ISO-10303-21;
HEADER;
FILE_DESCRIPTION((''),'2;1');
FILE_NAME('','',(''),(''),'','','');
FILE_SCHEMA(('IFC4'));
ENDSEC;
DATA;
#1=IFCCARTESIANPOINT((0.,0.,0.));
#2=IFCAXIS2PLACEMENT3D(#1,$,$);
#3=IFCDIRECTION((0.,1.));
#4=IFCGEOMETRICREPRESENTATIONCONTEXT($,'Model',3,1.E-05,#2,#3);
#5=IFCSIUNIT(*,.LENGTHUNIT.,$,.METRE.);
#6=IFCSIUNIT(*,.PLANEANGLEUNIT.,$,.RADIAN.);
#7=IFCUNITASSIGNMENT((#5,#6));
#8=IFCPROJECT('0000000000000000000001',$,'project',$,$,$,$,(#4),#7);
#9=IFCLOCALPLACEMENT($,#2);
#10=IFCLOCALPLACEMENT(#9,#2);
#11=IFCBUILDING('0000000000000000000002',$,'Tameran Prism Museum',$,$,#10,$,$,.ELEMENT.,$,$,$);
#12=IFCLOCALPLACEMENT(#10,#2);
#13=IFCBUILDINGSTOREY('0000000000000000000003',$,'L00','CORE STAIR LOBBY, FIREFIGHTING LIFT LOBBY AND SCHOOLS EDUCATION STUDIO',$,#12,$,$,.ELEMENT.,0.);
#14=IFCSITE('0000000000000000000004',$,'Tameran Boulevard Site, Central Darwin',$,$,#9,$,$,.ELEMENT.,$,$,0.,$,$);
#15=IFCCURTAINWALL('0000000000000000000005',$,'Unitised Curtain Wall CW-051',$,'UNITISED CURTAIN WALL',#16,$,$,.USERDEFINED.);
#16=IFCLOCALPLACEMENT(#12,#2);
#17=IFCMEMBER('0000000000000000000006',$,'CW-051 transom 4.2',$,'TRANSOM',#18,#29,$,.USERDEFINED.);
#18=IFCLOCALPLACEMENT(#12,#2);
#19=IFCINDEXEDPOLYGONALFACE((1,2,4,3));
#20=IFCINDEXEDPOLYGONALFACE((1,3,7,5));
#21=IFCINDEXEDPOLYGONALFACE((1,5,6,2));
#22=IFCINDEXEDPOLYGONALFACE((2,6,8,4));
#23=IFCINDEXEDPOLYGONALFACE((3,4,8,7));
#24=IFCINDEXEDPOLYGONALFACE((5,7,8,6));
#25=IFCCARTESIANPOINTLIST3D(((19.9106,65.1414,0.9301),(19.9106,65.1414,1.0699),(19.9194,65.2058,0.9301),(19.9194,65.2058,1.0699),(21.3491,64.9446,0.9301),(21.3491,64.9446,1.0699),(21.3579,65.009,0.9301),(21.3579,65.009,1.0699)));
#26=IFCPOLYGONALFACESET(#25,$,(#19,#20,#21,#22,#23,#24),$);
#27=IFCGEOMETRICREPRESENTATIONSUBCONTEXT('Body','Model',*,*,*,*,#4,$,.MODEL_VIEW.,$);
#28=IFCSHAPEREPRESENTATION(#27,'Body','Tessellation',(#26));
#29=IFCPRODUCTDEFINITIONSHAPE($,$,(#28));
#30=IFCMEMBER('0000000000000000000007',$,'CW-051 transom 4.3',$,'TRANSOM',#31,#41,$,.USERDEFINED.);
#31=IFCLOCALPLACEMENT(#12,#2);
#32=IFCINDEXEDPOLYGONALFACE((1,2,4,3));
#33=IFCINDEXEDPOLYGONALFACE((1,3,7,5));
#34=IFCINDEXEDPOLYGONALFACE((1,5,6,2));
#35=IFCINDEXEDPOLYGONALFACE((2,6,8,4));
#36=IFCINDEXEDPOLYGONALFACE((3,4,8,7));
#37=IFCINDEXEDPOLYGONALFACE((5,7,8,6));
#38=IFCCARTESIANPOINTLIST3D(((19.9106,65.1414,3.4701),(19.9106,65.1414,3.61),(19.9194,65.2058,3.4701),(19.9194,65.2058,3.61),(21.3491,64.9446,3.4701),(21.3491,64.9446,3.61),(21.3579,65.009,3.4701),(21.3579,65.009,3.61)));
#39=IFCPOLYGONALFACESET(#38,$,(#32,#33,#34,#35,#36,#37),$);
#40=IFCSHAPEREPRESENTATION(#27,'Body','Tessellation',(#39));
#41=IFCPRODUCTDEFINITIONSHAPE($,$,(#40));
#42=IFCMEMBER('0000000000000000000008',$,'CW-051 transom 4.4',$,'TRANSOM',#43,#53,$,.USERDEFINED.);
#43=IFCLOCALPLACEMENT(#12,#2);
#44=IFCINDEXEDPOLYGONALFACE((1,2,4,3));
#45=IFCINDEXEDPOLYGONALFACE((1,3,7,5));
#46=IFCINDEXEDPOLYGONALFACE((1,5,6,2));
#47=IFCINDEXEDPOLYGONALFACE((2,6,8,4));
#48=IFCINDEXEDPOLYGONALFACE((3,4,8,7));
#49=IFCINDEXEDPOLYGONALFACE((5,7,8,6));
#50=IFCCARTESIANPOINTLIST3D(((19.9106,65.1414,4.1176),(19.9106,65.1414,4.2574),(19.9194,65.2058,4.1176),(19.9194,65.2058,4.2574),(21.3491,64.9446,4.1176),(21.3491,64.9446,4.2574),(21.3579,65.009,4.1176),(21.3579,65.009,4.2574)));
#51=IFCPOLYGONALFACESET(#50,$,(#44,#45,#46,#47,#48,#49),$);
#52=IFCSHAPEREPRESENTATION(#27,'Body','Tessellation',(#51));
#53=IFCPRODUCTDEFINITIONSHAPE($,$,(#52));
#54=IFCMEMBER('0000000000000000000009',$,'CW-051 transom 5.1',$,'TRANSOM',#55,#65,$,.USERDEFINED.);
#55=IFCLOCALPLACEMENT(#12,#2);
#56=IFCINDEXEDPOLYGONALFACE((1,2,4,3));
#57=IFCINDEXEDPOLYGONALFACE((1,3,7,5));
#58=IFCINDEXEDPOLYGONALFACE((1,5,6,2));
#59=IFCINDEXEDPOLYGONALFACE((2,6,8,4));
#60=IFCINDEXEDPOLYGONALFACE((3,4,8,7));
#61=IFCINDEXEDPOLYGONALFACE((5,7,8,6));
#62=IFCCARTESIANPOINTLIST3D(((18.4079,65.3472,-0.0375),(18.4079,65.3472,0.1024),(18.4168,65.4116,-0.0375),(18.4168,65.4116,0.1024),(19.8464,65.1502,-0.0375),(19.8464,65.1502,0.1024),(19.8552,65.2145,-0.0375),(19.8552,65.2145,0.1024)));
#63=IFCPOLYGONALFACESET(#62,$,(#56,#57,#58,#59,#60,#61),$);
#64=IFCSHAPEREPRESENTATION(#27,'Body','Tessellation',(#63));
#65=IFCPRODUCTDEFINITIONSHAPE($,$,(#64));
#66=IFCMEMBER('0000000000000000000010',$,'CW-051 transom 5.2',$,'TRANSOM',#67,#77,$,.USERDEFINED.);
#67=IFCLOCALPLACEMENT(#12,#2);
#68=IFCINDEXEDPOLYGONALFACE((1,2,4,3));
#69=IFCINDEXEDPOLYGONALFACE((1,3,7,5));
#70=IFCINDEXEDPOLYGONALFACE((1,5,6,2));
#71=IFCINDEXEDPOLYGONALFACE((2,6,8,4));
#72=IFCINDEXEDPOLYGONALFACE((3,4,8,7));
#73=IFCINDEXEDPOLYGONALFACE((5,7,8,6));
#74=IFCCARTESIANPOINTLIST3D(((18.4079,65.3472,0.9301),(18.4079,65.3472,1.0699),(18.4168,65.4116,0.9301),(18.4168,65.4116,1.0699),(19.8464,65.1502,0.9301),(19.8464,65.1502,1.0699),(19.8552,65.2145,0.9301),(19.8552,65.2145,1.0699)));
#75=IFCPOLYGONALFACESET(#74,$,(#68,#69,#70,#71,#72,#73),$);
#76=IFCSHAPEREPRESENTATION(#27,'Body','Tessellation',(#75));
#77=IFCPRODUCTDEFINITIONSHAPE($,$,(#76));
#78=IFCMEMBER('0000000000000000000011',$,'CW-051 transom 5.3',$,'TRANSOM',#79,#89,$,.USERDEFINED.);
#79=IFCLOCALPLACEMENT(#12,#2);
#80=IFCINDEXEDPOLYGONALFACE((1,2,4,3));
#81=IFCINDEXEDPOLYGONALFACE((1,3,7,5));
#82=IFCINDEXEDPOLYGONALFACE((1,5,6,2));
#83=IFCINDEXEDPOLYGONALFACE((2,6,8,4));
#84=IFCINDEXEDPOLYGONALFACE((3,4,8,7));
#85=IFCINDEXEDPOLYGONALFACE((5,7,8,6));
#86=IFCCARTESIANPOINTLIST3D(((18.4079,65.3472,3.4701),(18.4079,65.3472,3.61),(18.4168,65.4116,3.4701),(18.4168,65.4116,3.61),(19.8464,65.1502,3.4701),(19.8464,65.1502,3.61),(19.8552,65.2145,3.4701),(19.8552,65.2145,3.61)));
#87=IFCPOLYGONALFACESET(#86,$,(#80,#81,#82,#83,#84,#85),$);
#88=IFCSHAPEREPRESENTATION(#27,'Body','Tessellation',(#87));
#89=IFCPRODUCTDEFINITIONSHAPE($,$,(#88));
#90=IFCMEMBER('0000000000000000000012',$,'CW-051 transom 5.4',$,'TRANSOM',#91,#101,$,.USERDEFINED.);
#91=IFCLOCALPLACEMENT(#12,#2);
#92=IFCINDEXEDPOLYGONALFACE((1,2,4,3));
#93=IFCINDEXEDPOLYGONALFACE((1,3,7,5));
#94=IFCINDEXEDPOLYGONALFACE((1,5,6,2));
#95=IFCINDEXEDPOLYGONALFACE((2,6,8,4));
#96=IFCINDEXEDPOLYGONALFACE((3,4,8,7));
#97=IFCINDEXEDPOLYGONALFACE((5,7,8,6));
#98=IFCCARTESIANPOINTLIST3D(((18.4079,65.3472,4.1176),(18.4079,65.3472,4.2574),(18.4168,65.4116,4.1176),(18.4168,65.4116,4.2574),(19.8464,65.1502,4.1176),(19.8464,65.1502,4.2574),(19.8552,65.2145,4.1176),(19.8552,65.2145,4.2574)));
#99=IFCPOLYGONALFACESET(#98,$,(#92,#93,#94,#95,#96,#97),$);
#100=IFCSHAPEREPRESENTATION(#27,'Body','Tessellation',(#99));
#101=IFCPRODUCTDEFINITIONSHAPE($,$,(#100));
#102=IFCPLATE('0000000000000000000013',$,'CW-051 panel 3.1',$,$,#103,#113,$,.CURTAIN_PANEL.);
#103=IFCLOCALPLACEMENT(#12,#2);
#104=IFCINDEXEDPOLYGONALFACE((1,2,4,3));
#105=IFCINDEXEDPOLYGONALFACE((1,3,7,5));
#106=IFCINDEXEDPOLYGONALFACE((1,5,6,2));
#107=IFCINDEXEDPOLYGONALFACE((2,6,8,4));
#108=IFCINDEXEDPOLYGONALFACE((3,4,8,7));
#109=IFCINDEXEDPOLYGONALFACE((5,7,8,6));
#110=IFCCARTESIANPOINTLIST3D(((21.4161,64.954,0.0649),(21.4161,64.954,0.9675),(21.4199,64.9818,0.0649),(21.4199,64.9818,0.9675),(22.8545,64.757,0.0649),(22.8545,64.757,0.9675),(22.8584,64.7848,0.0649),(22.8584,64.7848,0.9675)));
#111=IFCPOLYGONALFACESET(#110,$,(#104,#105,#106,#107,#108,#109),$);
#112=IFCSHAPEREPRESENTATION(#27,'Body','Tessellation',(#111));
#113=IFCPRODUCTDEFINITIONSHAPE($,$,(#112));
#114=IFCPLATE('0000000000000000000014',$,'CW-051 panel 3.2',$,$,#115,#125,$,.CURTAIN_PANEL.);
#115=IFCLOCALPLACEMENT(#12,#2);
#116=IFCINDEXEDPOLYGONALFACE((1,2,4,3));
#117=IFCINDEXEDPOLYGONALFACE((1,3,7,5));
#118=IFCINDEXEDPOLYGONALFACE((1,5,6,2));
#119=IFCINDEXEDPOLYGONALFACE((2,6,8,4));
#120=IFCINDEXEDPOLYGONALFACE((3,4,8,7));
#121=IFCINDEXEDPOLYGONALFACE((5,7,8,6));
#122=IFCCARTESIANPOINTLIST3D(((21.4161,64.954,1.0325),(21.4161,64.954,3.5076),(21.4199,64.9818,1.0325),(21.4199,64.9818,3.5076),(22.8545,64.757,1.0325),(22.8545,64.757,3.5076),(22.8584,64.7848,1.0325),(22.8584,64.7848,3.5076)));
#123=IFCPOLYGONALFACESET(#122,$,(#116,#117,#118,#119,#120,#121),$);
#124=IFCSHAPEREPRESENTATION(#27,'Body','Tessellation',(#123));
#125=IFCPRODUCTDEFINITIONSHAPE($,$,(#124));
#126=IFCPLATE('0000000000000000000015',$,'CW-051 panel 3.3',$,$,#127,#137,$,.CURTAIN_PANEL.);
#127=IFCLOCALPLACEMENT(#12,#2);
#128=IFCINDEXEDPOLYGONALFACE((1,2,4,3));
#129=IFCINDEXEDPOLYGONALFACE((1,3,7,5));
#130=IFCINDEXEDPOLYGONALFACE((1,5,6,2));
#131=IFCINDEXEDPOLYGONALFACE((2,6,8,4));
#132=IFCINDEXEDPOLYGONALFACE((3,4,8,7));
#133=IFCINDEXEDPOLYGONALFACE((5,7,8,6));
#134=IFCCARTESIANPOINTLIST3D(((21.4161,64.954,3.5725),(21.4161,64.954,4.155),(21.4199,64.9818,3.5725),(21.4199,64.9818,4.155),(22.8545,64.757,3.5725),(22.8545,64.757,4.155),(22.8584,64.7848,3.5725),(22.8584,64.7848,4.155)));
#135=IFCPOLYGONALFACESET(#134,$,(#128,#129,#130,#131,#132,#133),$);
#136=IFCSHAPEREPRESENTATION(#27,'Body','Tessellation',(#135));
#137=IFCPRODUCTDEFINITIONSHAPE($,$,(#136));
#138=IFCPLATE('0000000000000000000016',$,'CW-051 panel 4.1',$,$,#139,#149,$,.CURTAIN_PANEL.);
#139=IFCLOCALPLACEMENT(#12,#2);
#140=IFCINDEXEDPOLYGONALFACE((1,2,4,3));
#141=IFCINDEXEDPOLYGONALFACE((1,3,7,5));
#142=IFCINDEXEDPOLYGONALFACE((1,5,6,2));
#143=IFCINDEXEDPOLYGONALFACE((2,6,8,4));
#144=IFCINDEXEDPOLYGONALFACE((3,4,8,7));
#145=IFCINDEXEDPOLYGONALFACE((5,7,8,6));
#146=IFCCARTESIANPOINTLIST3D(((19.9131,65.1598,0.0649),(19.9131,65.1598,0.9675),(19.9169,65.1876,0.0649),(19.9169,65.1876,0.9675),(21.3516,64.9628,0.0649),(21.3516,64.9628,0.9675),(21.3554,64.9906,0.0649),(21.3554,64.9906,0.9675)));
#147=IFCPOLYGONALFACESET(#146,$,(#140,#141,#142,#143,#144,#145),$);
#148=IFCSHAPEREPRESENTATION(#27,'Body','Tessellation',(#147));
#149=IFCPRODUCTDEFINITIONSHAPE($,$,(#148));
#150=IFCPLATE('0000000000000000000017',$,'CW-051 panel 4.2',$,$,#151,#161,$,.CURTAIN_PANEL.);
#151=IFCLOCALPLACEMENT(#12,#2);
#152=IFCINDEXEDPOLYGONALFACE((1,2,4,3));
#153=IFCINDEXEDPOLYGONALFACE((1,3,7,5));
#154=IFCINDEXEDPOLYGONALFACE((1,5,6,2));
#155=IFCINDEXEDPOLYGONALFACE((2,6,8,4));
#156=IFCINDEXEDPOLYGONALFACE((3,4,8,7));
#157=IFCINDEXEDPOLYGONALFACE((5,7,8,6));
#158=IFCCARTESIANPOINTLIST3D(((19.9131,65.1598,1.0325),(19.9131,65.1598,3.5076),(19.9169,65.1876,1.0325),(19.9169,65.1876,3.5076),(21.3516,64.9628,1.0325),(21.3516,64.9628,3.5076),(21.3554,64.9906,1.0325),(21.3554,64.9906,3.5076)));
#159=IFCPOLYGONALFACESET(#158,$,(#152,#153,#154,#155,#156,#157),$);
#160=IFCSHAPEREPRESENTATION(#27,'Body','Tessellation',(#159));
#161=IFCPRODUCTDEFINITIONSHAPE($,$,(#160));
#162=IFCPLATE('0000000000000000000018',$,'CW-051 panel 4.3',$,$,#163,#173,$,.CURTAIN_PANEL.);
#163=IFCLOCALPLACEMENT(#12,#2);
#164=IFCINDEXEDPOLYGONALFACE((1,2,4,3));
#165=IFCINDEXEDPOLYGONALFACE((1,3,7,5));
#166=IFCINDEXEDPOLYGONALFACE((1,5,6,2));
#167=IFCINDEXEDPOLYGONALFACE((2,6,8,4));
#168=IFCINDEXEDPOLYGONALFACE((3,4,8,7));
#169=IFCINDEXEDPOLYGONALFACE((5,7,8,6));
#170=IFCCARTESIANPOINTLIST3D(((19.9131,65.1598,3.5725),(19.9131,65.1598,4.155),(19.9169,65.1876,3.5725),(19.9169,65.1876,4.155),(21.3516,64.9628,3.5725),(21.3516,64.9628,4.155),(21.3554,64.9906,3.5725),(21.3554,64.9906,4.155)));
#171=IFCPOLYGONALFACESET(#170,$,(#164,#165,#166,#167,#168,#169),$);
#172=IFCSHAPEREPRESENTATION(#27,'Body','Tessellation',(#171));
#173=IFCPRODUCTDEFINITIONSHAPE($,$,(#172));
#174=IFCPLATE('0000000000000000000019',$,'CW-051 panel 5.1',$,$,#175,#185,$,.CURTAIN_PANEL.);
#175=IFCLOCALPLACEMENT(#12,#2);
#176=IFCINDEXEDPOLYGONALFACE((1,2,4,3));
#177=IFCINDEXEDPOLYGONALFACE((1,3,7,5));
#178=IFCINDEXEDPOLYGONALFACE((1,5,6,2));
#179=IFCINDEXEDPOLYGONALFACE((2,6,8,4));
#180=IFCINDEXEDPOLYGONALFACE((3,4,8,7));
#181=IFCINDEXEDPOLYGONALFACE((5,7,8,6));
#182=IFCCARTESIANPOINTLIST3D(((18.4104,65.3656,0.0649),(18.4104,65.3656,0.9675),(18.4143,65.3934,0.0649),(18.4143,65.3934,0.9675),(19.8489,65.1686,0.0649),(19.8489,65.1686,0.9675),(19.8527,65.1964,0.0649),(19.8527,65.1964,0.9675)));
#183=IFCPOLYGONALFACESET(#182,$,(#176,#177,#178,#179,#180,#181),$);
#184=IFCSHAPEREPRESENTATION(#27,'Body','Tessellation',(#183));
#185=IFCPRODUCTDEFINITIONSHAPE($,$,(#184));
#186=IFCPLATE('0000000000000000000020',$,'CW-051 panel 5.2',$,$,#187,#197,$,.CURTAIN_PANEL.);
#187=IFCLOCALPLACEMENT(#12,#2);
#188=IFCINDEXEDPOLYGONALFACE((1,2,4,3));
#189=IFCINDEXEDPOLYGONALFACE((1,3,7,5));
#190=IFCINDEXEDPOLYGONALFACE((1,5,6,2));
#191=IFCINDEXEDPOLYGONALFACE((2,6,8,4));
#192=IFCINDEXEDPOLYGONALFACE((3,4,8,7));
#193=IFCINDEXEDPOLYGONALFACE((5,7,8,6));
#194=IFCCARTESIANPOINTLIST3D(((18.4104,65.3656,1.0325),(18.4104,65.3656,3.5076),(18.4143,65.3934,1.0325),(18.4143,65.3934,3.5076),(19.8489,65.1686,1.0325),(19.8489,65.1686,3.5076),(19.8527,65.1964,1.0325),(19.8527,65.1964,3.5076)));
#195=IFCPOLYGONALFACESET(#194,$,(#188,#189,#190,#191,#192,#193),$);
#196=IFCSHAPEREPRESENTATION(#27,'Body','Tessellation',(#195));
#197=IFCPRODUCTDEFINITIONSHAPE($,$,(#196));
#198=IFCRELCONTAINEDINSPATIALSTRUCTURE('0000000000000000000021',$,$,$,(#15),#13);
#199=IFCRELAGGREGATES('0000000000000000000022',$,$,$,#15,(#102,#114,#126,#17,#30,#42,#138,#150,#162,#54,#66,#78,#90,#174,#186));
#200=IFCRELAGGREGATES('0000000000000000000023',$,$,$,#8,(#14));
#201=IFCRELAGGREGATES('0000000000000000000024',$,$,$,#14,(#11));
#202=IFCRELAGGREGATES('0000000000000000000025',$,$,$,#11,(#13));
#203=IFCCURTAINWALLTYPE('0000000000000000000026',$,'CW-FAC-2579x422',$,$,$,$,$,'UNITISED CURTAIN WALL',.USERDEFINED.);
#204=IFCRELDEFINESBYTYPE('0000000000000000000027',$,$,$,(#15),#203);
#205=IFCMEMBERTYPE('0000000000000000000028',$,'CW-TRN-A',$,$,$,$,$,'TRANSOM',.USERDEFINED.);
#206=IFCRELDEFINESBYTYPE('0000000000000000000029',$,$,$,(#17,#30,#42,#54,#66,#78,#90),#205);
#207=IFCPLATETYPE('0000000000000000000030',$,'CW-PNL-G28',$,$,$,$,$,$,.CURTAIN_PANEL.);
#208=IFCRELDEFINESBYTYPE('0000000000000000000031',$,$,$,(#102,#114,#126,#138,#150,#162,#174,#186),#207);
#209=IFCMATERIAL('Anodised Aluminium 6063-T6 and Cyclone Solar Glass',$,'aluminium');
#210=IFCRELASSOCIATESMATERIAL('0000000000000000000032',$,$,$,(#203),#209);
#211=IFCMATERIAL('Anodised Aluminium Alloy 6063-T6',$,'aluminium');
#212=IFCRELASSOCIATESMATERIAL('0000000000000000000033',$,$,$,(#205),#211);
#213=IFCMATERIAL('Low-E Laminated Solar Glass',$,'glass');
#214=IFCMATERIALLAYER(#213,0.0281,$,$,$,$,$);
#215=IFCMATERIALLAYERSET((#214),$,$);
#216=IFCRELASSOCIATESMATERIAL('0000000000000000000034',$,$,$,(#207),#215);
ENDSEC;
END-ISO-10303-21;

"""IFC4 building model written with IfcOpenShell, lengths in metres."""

from ifc_helpers import new_model, si_unit, direction, frame, origin, origin_2d, place, context, subcontext, project, spatial, rectangle, extrude, material, layer, layer_set, material_profile, profile_set, type_object, element, aggregate, save


model = new_model("IFC4")

# Units and contexts
model_context = context("Model", 3, precision=1e-05, world=origin(), true_north=direction((0.0, 1.0)))
body_context = subcontext(model_context, "Body", "Model", "MODEL_VIEW")
ifc_project = project(units=[si_unit("LENGTHUNIT", "METRE"), si_unit("PLANEANGLEUNIT", "RADIAN")], contexts=[model_context])

# Site, building, storey
site_placement = place(None, origin())
site = spatial("IfcSite", under=ifc_project, at=site_placement, Name="Tameran Boulevard Site, Central Darwin", CompositionType="ELEMENT", RefElevation=0.0)
building_placement = place(site_placement, origin())
building = spatial("IfcBuilding", under=site, at=building_placement, Name="Tameran Prism Museum", CompositionType="ELEMENT")
storey_placement = place(building_placement, origin())
storey = spatial("IfcBuildingStorey", under=building, at=storey_placement, Name="L00", Description="CORE STAIR LOBBY, FIREFIGHTING LIFT LOBBY AND SCHOOLS EDUCATION STUDIO", CompositionType="ELEMENT", Elevation=0.0)

# Curtain wall
ifc_material_1 = material(Name="Anodised Aluminium 6063-T6 and Cyclone Solar Glass", Category="aluminium")
curtain_wall_type_1 = type_object("IfcCurtainWallType", Name="CW-FAC-2579x422", ElementType="UNITISED CURTAIN WALL", PredefinedType="USERDEFINED", material=ifc_material_1)
curtain_wall_1_placement = place(storey_placement, origin())
curtain_wall_1 = element("IfcCurtainWall", 1, at=curtain_wall_1_placement, inside=storey, type_object=curtain_wall_type_1, Name="Unitised Curtain Wall CW-051", ObjectType="UNITISED CURTAIN WALL", PredefinedType="USERDEFINED")

# Members
ifc_material_2 = material(Name="Anodised Aluminium Alloy 6063-T6", Category="aluminium")
ifc_material_profile_1 = material_profile(ifc_material_2, rectangle(XDim=0.0649, YDim=0.1399, at=origin_2d()))
ifc_profile_set_1 = profile_set([ifc_material_profile_1])
member_type_1 = type_object("IfcMemberType", Name="CW-TRN-A", ElementType="TRANSOM", PredefinedType="USERDEFINED", material=ifc_profile_set_1)
member_1_placement = place(storey_placement, frame((21.3535, 64.9768, 1.0), z_axis=(-0.990773, 0.135533, 0.0), x_axis=(-0.135533, -0.990773, 0.0)))
member_1 = element("IfcMember", 2, at=member_1_placement, type_object=member_type_1, Name="CW-051 transom 4.2", ObjectType="TRANSOM", PredefinedType="USERDEFINED", context=body_context, shape_type="SweptSolid", body=[
    extrude(rectangle(XDim=0.0649, YDim=0.1399, at=origin_2d()), origin(), (0.0, 0.0, 1.0), 1.4519),
])
member_2_placement = place(storey_placement, frame((21.3535, 64.9768, 3.54), z_axis=(-0.990773, 0.135533, 0.0), x_axis=(-0.135533, -0.990773, 0.0)))
member_2 = element("IfcMember", 3, at=member_2_placement, type_object=member_type_1, Name="CW-051 transom 4.3", ObjectType="TRANSOM", PredefinedType="USERDEFINED", context=body_context, shape_type="SweptSolid", body=[
    extrude(rectangle(XDim=0.0649, YDim=0.1399, at=origin_2d()), origin(), (0.0, 0.0, 1.0), 1.4519),
])
member_3_placement = place(storey_placement, frame((21.3535, 64.9768, 4.1875), z_axis=(-0.990773, 0.135533, 0.0), x_axis=(-0.135533, -0.990773, 0.0)))
member_3 = element("IfcMember", 4, at=member_3_placement, type_object=member_type_1, Name="CW-051 transom 4.4", ObjectType="TRANSOM", PredefinedType="USERDEFINED", context=body_context, shape_type="SweptSolid", body=[
    extrude(rectangle(XDim=0.0649, YDim=0.1399, at=origin_2d()), origin(), (0.0, 0.0, 1.0), 1.4519),
])
member_4_placement = place(storey_placement, frame((19.8508, 65.1824, 0.0325), z_axis=(-0.99075, 0.135698, 0.0), x_axis=(-0.135698, -0.99075, 0.0)))
member_4 = element("IfcMember", 5, at=member_4_placement, type_object=member_type_1, Name="CW-051 transom 5.1", ObjectType="TRANSOM", PredefinedType="USERDEFINED", context=body_context, shape_type="SweptSolid", body=[
    extrude(rectangle(XDim=0.0649, YDim=0.1399, at=origin_2d()), origin(), (0.0, 0.0, 1.0), 1.4519),
])
member_5_placement = place(storey_placement, frame((19.8508, 65.1824, 1.0), z_axis=(-0.99075, 0.135698, 0.0), x_axis=(-0.135698, -0.99075, 0.0)))
member_5 = element("IfcMember", 6, at=member_5_placement, type_object=member_type_1, Name="CW-051 transom 5.2", ObjectType="TRANSOM", PredefinedType="USERDEFINED", context=body_context, shape_type="SweptSolid", body=[
    extrude(rectangle(XDim=0.0649, YDim=0.1399, at=origin_2d()), origin(), (0.0, 0.0, 1.0), 1.4519),
])
member_6_placement = place(storey_placement, frame((19.8508, 65.1824, 3.54), z_axis=(-0.99075, 0.135698, 0.0), x_axis=(-0.135698, -0.99075, 0.0)))
member_6 = element("IfcMember", 7, at=member_6_placement, type_object=member_type_1, Name="CW-051 transom 5.3", ObjectType="TRANSOM", PredefinedType="USERDEFINED", context=body_context, shape_type="SweptSolid", body=[
    extrude(rectangle(XDim=0.0649, YDim=0.1399, at=origin_2d()), origin(), (0.0, 0.0, 1.0), 1.4519),
])
member_7_placement = place(storey_placement, frame((19.8508, 65.1824, 4.1875), z_axis=(-0.99075, 0.135698, 0.0), x_axis=(-0.135698, -0.99075, 0.0)))
member_7 = element("IfcMember", 8, at=member_7_placement, type_object=member_type_1, Name="CW-051 transom 5.4", ObjectType="TRANSOM", PredefinedType="USERDEFINED", context=body_context, shape_type="SweptSolid", body=[
    extrude(rectangle(XDim=0.0649, YDim=0.1399, at=origin_2d()), origin(), (0.0, 0.0, 1.0), 1.4519),
])

# Plates
ifc_material_3 = material(Name="Low-E Laminated Solar Glass", Category="glass")
ifc_layer_1 = layer(ifc_material_3, 0.0281)
ifc_layer_set_1 = layer_set([ifc_layer_1])
plate_type = type_object("IfcPlateType", Name="CW-PNL-G28", PredefinedType="CURTAIN_PANEL", material=ifc_layer_set_1)
plate_1_placement = place(storey_placement, frame((22.1372, 64.8694, 0.0649), z_axis=(0.0, 0.0, 1.0), x_axis=(-0.990756, 0.135658, 0.0)))
plate_1 = element("IfcPlate", 9, at=plate_1_placement, type_object=plate_type, Name="CW-051 panel 3.1", PredefinedType="CURTAIN_PANEL", context=body_context, shape_type="SweptSolid", body=[
    extrude(rectangle(XDim=1.4519, YDim=0.0281, at=origin_2d()), origin(), (0.0, 0.0, 1.0), 0.9026),
])
plate_2_placement = place(storey_placement, frame((22.1372, 64.8694, 1.0325), z_axis=(0.0, 0.0, 1.0), x_axis=(-0.990756, 0.135658, 0.0)))
plate_2 = element("IfcPlate", 10, at=plate_2_placement, type_object=plate_type, Name="CW-051 panel 3.2", PredefinedType="CURTAIN_PANEL", context=body_context, shape_type="SweptSolid", body=[
    extrude(rectangle(XDim=1.4519, YDim=0.0281, at=origin_2d()), origin(), (0.0, 0.0, 1.0), 2.4751),
])
plate_3_placement = place(storey_placement, frame((22.1372, 64.8694, 3.5725), z_axis=(0.0, 0.0, 1.0), x_axis=(-0.990756, 0.135658, 0.0)))
plate_3 = element("IfcPlate", 11, at=plate_3_placement, type_object=plate_type, Name="CW-051 panel 3.3", PredefinedType="CURTAIN_PANEL", context=body_context, shape_type="SweptSolid", body=[
    extrude(rectangle(XDim=1.4519, YDim=0.0281, at=origin_2d()), origin(), (0.0, 0.0, 1.0), 0.5825),
])
plate_4_placement = place(storey_placement, frame((20.6343, 65.0752, 0.0649), z_axis=(0.0, 0.0, 1.0), x_axis=(-0.990756, 0.135658, 0.0)))
plate_4 = element("IfcPlate", 12, at=plate_4_placement, type_object=plate_type, Name="CW-051 panel 4.1", PredefinedType="CURTAIN_PANEL", context=body_context, shape_type="SweptSolid", body=[
    extrude(rectangle(XDim=1.4519, YDim=0.0281, at=origin_2d()), origin(), (0.0, 0.0, 1.0), 0.9026),
])
plate_5_placement = place(storey_placement, frame((20.6343, 65.0752, 1.0325), z_axis=(0.0, 0.0, 1.0), x_axis=(-0.990756, 0.135658, 0.0)))
plate_5 = element("IfcPlate", 13, at=plate_5_placement, type_object=plate_type, Name="CW-051 panel 4.2", PredefinedType="CURTAIN_PANEL", context=body_context, shape_type="SweptSolid", body=[
    extrude(rectangle(XDim=1.4519, YDim=0.0281, at=origin_2d()), origin(), (0.0, 0.0, 1.0), 2.4751),
])
plate_6_placement = place(storey_placement, frame((20.6343, 65.0752, 3.5725), z_axis=(0.0, 0.0, 1.0), x_axis=(-0.990756, 0.135658, 0.0)))
plate_6 = element("IfcPlate", 14, at=plate_6_placement, type_object=plate_type, Name="CW-051 panel 4.3", PredefinedType="CURTAIN_PANEL", context=body_context, shape_type="SweptSolid", body=[
    extrude(rectangle(XDim=1.4519, YDim=0.0281, at=origin_2d()), origin(), (0.0, 0.0, 1.0), 0.5825),
])
plate_7_placement = place(storey_placement, frame((19.1316, 65.281, 0.0649), z_axis=(0.0, 0.0, 1.0), x_axis=(-0.990756, 0.135658, 0.0)))
plate_7 = element("IfcPlate", 15, at=plate_7_placement, type_object=plate_type, Name="CW-051 panel 5.1", PredefinedType="CURTAIN_PANEL", context=body_context, shape_type="SweptSolid", body=[
    extrude(rectangle(XDim=1.4519, YDim=0.0281, at=origin_2d()), origin(), (0.0, 0.0, 1.0), 0.9026),
])
plate_8_placement = place(storey_placement, frame((19.1316, 65.281, 1.0325), z_axis=(0.0, 0.0, 1.0), x_axis=(-0.990756, 0.135658, 0.0)))
plate_8 = element("IfcPlate", 16, at=plate_8_placement, type_object=plate_type, Name="CW-051 panel 5.2", PredefinedType="CURTAIN_PANEL", context=body_context, shape_type="SweptSolid", body=[
    extrude(rectangle(XDim=1.4519, YDim=0.0281, at=origin_2d()), origin(), (0.0, 0.0, 1.0), 2.4751),
])
aggregate(curtain_wall_1, [plate_1, plate_2, plate_3, member_1, member_2, member_3, plate_4, plate_5, plate_6, member_4, member_5, member_6, member_7, plate_7, plate_8])

save(model, "model.ifc")
